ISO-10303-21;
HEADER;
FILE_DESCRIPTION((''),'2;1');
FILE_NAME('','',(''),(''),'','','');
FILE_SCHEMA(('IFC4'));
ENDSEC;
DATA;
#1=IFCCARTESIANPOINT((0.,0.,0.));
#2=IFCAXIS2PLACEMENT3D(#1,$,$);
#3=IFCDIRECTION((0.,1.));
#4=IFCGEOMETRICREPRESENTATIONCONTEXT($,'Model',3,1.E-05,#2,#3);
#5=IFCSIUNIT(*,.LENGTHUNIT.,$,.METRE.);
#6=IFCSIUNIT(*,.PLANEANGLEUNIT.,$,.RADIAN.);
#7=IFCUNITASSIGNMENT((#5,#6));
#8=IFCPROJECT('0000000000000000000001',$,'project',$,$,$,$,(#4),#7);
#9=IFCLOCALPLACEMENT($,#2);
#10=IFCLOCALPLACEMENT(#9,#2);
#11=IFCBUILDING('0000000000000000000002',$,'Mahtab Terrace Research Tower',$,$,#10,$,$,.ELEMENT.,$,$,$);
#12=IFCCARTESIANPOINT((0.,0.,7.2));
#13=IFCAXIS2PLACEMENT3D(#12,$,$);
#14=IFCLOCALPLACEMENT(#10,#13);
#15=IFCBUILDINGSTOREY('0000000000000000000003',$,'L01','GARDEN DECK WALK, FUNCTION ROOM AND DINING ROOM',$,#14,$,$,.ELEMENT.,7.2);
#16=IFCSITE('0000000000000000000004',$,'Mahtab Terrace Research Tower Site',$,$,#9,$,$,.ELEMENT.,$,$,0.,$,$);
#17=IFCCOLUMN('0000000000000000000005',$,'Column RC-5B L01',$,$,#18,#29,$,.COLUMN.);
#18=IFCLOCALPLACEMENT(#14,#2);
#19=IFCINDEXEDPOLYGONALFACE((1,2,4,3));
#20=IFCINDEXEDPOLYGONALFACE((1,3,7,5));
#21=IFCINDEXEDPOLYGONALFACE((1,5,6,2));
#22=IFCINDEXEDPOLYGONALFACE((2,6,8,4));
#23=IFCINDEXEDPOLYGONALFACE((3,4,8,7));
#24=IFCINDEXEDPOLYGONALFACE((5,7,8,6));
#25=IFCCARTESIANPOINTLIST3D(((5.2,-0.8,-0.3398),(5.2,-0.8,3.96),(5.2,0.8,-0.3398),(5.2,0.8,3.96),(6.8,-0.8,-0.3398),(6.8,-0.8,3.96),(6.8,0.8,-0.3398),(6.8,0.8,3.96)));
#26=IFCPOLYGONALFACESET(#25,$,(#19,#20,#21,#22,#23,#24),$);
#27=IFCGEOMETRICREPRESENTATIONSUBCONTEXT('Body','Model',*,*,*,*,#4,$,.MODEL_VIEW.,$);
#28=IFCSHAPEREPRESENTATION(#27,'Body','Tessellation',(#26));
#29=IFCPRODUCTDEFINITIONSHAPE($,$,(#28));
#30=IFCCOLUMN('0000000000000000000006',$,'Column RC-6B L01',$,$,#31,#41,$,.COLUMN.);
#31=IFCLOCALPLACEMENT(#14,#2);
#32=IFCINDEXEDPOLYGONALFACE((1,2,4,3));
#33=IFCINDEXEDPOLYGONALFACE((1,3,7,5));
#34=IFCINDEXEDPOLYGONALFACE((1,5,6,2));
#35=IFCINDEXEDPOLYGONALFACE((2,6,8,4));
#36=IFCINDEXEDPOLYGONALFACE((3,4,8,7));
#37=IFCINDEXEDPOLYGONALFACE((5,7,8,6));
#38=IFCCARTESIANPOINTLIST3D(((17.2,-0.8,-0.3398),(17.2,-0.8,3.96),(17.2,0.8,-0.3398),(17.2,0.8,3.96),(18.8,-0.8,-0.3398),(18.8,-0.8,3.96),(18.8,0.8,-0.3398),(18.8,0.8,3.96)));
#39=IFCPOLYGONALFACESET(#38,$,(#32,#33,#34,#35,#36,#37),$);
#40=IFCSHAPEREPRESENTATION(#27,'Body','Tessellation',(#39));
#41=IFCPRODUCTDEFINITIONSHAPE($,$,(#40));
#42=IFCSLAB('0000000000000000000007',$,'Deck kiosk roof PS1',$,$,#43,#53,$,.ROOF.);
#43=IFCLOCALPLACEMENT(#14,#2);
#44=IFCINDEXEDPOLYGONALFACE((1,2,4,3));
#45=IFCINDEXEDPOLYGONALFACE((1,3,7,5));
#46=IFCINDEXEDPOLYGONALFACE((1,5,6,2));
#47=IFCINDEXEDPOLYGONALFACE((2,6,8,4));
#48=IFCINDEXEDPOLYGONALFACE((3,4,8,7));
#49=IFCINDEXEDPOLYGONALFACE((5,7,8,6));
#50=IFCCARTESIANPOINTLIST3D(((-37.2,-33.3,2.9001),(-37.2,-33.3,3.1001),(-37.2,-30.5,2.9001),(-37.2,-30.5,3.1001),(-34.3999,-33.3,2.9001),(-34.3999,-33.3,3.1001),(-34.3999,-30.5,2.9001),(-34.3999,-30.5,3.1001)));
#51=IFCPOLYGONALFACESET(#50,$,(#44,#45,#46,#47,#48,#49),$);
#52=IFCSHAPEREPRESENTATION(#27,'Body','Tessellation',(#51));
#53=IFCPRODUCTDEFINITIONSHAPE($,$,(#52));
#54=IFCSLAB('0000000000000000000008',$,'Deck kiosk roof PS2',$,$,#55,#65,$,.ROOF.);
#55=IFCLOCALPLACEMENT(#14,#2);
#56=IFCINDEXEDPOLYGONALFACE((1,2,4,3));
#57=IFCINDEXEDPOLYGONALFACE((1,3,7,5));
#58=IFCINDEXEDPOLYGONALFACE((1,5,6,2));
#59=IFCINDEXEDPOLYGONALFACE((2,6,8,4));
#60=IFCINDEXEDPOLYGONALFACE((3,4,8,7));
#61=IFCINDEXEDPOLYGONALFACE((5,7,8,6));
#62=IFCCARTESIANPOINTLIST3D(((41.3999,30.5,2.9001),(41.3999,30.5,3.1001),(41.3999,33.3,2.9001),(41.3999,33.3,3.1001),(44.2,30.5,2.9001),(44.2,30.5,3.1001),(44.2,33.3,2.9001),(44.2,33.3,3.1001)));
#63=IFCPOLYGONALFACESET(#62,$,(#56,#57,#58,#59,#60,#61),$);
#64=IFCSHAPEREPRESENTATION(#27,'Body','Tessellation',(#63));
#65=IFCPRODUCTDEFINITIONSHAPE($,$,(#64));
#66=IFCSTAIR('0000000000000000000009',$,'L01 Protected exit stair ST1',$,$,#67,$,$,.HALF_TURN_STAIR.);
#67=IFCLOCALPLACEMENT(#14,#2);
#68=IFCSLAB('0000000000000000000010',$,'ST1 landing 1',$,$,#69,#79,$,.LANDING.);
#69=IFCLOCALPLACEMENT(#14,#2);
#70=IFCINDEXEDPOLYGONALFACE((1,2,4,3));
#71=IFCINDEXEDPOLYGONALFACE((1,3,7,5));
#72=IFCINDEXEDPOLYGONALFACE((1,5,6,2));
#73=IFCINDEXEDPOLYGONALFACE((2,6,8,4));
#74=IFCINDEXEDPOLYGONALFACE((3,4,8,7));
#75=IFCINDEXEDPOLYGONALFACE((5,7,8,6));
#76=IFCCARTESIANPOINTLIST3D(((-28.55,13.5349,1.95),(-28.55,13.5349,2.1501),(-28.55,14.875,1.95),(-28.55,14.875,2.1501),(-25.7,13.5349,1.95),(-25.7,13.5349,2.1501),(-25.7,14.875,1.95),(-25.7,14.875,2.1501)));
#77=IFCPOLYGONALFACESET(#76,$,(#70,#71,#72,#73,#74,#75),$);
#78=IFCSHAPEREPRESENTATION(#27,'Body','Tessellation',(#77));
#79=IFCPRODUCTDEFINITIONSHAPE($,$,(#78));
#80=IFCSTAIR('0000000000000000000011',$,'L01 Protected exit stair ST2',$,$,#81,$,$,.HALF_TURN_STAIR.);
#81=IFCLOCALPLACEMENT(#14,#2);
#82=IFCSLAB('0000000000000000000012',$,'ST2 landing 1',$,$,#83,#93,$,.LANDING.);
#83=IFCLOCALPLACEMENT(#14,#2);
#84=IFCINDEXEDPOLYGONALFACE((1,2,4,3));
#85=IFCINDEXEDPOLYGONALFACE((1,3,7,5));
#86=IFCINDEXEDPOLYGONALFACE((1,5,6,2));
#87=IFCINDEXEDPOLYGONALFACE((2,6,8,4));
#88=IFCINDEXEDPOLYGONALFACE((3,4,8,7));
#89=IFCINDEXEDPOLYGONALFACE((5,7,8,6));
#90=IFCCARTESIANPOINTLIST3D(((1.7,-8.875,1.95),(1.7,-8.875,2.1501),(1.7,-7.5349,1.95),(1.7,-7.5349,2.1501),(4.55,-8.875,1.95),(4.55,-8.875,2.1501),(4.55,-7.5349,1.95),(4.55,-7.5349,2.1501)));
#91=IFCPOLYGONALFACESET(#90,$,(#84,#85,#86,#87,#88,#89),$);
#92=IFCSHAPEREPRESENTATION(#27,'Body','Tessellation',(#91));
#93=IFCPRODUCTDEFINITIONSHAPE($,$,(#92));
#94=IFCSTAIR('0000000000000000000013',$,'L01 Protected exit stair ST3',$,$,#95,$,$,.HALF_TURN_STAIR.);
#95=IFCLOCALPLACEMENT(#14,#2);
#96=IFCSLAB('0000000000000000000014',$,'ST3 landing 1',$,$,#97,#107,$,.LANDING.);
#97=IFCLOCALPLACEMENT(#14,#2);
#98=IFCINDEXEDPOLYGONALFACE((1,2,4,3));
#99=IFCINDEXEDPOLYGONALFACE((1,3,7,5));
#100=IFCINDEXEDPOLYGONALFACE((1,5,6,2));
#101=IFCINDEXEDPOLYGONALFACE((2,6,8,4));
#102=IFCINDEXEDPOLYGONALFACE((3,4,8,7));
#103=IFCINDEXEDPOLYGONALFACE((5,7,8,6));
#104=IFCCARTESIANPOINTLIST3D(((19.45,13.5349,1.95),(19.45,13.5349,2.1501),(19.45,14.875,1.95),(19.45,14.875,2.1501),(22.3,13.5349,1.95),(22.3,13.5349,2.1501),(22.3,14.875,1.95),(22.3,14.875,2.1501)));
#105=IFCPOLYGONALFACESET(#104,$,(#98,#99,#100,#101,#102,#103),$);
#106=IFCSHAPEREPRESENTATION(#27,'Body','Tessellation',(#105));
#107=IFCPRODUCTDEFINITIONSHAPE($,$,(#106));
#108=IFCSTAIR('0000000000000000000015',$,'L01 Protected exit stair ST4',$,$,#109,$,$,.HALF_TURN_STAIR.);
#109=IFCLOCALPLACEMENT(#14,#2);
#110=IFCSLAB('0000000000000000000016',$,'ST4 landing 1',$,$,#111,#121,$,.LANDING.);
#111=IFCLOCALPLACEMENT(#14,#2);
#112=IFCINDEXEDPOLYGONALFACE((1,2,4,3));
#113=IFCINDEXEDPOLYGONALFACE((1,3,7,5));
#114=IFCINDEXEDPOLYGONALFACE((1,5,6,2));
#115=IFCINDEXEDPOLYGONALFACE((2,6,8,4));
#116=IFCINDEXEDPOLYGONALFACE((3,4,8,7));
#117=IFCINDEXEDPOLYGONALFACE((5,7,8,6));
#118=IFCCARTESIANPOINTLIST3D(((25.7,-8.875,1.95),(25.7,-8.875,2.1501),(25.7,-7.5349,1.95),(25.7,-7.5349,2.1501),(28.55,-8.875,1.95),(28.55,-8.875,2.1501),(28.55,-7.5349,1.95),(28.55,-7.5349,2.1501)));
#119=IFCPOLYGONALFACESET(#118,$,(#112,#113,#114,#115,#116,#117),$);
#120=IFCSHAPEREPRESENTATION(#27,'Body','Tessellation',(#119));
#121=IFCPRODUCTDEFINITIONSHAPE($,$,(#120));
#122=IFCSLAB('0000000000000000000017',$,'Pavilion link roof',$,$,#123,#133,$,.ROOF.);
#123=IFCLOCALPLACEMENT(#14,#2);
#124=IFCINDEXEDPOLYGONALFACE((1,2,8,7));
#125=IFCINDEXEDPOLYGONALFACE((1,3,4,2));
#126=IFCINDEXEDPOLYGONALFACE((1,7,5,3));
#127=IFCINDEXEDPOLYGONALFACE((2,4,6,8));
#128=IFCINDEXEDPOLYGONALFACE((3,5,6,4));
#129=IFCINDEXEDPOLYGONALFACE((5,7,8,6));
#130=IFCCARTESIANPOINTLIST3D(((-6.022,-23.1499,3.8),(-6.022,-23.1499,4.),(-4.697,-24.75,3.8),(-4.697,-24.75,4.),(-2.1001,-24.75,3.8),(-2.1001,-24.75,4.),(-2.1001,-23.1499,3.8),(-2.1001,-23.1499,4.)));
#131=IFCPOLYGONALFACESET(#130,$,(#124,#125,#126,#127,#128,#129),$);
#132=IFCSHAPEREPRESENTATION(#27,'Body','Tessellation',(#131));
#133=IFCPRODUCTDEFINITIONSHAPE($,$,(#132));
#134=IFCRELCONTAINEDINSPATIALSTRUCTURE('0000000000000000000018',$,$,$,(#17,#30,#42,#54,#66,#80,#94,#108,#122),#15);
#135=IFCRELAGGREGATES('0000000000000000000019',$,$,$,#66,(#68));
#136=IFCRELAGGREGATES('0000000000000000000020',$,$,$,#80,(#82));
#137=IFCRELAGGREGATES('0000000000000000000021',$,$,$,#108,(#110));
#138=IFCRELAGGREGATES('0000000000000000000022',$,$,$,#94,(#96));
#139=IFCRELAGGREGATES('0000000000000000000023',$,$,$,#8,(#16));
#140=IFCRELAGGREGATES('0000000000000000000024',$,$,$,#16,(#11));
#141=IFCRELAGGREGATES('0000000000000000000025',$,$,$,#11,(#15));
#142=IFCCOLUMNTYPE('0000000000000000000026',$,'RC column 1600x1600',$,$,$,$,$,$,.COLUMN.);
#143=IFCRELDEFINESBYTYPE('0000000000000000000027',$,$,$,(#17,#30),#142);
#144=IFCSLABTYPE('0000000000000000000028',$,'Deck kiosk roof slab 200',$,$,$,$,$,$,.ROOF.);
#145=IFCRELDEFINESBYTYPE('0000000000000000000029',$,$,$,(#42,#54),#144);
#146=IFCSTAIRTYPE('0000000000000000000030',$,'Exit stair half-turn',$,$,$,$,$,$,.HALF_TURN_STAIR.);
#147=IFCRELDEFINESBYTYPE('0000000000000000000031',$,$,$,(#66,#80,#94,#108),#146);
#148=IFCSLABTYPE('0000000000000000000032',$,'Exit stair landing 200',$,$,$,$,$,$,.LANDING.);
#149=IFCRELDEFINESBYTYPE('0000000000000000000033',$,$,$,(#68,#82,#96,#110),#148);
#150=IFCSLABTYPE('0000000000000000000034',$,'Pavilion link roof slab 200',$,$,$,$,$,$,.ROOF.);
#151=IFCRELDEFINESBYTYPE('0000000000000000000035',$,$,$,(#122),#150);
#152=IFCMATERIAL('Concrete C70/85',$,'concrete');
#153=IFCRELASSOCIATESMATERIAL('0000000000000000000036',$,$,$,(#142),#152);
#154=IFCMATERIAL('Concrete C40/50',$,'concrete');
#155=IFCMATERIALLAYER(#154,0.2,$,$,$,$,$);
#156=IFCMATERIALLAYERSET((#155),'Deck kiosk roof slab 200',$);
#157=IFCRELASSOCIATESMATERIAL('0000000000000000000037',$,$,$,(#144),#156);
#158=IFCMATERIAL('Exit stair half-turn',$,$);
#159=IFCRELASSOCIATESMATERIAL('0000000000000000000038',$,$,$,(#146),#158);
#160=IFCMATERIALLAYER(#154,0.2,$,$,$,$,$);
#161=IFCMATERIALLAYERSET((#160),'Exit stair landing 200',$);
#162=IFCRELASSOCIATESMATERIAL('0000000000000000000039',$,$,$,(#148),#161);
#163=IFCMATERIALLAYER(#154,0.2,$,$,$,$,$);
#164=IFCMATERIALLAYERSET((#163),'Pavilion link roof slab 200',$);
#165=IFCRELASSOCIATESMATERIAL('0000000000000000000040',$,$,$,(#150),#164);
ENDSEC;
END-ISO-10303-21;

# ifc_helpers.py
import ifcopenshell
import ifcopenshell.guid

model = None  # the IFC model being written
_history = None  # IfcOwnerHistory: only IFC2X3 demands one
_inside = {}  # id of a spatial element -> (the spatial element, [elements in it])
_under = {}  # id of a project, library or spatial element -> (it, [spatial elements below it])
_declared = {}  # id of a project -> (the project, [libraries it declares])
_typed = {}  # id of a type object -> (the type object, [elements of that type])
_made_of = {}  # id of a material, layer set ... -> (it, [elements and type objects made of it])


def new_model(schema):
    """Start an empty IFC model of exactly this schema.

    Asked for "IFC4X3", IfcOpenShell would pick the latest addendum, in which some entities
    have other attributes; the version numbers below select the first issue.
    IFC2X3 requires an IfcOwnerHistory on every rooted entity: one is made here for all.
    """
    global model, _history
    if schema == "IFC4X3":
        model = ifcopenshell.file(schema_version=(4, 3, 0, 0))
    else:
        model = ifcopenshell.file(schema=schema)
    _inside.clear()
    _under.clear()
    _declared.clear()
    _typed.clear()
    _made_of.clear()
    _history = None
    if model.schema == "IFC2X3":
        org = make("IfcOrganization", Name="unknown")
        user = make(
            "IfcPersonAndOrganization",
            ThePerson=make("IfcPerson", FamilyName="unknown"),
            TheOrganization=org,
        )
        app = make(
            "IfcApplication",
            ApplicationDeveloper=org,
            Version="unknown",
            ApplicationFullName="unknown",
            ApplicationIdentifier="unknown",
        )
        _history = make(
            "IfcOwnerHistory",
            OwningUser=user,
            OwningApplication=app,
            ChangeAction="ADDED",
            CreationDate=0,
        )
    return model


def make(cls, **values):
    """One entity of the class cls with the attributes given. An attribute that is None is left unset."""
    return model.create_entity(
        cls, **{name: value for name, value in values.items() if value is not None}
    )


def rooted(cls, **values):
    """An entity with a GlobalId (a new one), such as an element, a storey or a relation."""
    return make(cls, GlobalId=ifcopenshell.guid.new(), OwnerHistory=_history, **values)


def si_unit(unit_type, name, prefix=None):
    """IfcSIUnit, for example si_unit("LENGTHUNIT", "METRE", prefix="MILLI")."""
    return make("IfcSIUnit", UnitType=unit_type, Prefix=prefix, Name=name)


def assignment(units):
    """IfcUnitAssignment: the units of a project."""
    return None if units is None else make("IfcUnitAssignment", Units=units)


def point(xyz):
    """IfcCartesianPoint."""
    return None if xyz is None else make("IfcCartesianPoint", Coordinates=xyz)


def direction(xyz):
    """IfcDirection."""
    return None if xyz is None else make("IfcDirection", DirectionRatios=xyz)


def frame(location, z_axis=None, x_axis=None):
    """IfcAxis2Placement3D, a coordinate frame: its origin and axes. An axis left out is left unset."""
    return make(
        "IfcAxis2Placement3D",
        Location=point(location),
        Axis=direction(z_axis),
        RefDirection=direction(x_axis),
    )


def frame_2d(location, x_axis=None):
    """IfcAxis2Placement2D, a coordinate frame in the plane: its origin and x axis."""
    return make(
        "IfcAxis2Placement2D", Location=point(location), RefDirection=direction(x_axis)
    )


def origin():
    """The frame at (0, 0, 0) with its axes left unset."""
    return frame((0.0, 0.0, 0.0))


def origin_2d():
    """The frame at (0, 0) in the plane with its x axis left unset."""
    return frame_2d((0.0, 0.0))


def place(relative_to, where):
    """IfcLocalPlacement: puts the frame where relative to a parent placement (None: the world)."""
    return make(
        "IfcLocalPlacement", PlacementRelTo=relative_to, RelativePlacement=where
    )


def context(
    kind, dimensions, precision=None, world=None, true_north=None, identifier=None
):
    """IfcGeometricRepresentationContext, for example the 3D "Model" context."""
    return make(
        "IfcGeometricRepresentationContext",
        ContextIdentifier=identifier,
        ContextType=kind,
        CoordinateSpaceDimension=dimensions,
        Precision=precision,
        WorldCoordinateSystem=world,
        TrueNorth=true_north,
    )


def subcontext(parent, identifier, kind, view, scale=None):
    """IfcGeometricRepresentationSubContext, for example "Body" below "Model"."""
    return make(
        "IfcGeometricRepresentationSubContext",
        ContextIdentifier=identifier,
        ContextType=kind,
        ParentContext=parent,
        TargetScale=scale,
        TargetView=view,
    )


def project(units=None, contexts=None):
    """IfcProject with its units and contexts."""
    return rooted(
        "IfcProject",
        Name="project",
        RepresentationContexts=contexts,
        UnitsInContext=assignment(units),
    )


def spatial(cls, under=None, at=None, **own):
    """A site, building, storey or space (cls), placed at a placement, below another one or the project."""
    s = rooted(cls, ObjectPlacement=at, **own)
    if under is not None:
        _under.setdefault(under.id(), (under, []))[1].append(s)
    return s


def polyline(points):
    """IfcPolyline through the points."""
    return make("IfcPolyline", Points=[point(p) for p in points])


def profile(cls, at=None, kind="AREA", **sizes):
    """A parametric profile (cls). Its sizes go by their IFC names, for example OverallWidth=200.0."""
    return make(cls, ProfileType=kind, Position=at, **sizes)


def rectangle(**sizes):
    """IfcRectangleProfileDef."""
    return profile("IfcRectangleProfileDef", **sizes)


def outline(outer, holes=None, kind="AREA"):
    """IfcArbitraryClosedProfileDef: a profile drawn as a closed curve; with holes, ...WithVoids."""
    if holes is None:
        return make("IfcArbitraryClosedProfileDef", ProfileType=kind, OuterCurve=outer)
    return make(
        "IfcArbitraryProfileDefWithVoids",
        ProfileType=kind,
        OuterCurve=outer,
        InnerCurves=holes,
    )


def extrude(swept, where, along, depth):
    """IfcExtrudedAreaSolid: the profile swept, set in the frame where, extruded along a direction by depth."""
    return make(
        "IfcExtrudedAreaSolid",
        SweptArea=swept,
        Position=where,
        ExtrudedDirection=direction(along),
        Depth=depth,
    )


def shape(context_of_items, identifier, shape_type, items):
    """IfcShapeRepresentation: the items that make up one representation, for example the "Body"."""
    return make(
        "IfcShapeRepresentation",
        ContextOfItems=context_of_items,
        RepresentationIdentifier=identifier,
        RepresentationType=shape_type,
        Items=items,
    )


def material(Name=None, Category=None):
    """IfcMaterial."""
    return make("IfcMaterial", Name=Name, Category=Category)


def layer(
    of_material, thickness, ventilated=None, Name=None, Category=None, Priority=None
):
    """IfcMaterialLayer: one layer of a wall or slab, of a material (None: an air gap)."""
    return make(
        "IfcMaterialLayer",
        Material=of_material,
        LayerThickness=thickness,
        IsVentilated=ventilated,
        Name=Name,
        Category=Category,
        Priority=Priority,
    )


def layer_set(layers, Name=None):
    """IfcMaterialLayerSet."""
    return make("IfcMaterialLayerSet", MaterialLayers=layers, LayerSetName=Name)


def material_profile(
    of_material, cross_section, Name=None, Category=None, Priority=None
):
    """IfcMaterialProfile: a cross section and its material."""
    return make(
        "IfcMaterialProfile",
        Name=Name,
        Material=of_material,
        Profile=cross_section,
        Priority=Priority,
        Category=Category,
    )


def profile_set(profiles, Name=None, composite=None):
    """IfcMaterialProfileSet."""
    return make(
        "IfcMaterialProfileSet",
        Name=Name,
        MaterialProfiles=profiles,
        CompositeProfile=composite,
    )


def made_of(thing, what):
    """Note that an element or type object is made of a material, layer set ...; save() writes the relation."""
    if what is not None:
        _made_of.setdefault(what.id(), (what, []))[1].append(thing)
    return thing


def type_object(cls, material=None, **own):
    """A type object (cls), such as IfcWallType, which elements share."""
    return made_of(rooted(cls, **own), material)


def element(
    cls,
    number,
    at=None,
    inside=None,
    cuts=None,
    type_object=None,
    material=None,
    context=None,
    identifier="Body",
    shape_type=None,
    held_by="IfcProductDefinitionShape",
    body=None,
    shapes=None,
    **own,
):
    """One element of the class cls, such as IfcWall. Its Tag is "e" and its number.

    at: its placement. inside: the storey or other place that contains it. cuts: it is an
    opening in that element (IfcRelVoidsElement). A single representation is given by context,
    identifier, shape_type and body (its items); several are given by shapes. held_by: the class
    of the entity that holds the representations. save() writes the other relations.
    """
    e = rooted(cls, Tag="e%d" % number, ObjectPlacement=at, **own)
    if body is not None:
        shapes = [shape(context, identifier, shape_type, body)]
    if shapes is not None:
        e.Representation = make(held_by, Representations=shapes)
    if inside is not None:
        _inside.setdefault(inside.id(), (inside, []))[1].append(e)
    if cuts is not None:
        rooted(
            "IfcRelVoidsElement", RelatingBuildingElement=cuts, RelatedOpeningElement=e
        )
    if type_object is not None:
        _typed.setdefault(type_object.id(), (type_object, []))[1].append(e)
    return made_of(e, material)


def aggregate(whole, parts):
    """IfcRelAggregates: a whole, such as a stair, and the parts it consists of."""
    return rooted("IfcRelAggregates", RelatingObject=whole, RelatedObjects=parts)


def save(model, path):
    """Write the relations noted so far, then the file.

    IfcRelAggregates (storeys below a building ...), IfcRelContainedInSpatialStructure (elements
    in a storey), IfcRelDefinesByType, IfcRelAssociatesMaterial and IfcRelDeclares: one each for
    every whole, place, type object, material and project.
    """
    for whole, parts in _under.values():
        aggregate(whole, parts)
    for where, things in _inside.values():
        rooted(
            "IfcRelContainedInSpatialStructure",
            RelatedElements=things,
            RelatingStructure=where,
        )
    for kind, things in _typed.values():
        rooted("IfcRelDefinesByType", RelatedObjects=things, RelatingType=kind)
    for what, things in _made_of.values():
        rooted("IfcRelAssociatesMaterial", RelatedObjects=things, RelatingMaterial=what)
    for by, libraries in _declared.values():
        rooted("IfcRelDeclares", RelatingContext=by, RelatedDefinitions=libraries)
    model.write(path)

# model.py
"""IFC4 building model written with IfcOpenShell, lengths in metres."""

from ifc_helpers import new_model, si_unit, direction, frame, origin, origin_2d, place, context, subcontext, project, spatial, polyline, rectangle, outline, extrude, material, layer, layer_set, material_profile, profile_set, type_object, element, aggregate, save


model = new_model("IFC4")

# Units and contexts
model_context = context("Model", 3, precision=1e-05, world=origin(), true_north=direction((0.0, 1.0)))
body_context = subcontext(model_context, "Body", "Model", "MODEL_VIEW")
ifc_project = project(units=[si_unit("LENGTHUNIT", "METRE"), si_unit("PLANEANGLEUNIT", "RADIAN")], contexts=[model_context])

# Site, building, storey
site_placement = place(None, origin())
site = spatial("IfcSite", under=ifc_project, at=site_placement, Name="Mahtab Terrace Research Tower Site", CompositionType="ELEMENT", RefElevation=0.0)
building_placement = place(site_placement, origin())
building = spatial("IfcBuilding", under=site, at=building_placement, Name="Mahtab Terrace Research Tower", CompositionType="ELEMENT")
storey_placement = place(building_placement, frame((0.0, 0.0, 7.2)))
storey = spatial("IfcBuildingStorey", under=building, at=storey_placement, Name="L01", Description="GARDEN DECK WALK, FUNCTION ROOM AND DINING ROOM", CompositionType="ELEMENT", Elevation=7.2)

# Columns
ifc_material_1 = material(Name="Concrete C70/85", Category="concrete")
ifc_material_profile = material_profile(ifc_material_1, rectangle(XDim=1.6001, YDim=1.6001, at=origin_2d()), Name="RC column 1600x1600")
ifc_profile_set = profile_set([ifc_material_profile], Name="Concrete C70/85")
column_type = type_object("IfcColumnType", Name="RC column 1600x1600", PredefinedType="COLUMN", material=ifc_profile_set)
for number, where, z_axis, x_axis, name in (
    (1, (6.0, 0.0, -0.3398), (0.0, 0.0, 1.0), (1.0, 0.0, 0.0), "Column RC-5B L01"),
    (2, (18.0, 0.0, -0.3398), (0.0, 0.0, 1.0), (1.0, 0.0, 0.0), "Column RC-6B L01"),
):
    element("IfcColumn", number, at=place(storey_placement, frame(where, z_axis=z_axis, x_axis=x_axis)), inside=storey, type_object=column_type, Name=name, PredefinedType="COLUMN", context=body_context, shape_type="SweptSolid", body=[
        extrude(rectangle(XDim=1.6001, YDim=1.6001, at=origin_2d()), origin(), (0.0, 0.0, 1.0), 4.2998),
    ])

# Slabs
ifc_material_2 = material(Name="Concrete C40/50", Category="concrete")
ifc_layer_1 = layer(ifc_material_2, 0.2)
ifc_layer_set_1 = layer_set([ifc_layer_1], Name="Deck kiosk roof slab 200")
slab_type_1 = type_object("IfcSlabType", Name="Deck kiosk roof slab 200", PredefinedType="ROOF", material=ifc_layer_set_1)
slab_1_placement = place(storey_placement, frame((0.0, 0.0, 2.9001)))
element("IfcSlab", 3, at=slab_1_placement, inside=storey, type_object=slab_type_1, Name="Deck kiosk roof PS1", PredefinedType="ROOF", context=body_context, shape_type="SweptSolid", body=[
    extrude(outline(polyline([(-37.2, -33.3), (-34.3999, -33.3), (-34.3999, -30.5), (-37.2, -30.5), (-37.2, -33.3)])), origin(), (0.0, 0.0, 1.0), 0.2),
])
slab_2_placement = place(storey_placement, frame((0.0, 0.0, 2.9001)))
element("IfcSlab", 4, at=slab_2_placement, inside=storey, type_object=slab_type_1, Name="Deck kiosk roof PS2", PredefinedType="ROOF", context=body_context, shape_type="SweptSolid", body=[
    extrude(outline(polyline([(41.3999, 30.5), (44.2, 30.5), (44.2, 33.3), (41.3999, 33.3), (41.3999, 30.5)])), origin(), (0.0, 0.0, 1.0), 0.2),
])

# Stairs, slabs
ifc_material_3 = material(Name="Exit stair half-turn")
stair_type = type_object("IfcStairType", Name="Exit stair half-turn", PredefinedType="HALF_TURN_STAIR", material=ifc_material_3)
stair_1_placement = place(storey_placement, origin())
stair_1 = element("IfcStair", 5, at=stair_1_placement, inside=storey, type_object=stair_type, Name="L01 Protected exit stair ST1", PredefinedType="HALF_TURN_STAIR")
ifc_layer_2 = layer(ifc_material_2, 0.2)
ifc_layer_set_2 = layer_set([ifc_layer_2], Name="Exit stair landing 200")
slab_type_2 = type_object("IfcSlabType", Name="Exit stair landing 200", PredefinedType="LANDING", material=ifc_layer_set_2)
slab_3_placement = place(storey_placement, frame((0.0, 0.0, 1.95)))
slab_3 = element("IfcSlab", 6, at=slab_3_placement, type_object=slab_type_2, Name="ST1 landing 1", PredefinedType="LANDING", context=body_context, shape_type="SweptSolid", body=[
    extrude(outline(polyline([(-25.7, 13.5349), (-25.7, 14.875), (-28.55, 14.875), (-28.55, 13.5349), (-25.7, 13.5349)])), origin(), (0.0, 0.0, 1.0), 0.2002),
])
aggregate(stair_1, [slab_3])
stair_2_placement = place(storey_placement, origin())
stair_2 = element("IfcStair", 7, at=stair_2_placement, inside=storey, type_object=stair_type, Name="L01 Protected exit stair ST2", PredefinedType="HALF_TURN_STAIR")
slab_4_placement = place(storey_placement, frame((0.0, 0.0, 1.95)))
slab_4 = element("IfcSlab", 8, at=slab_4_placement, type_object=slab_type_2, Name="ST2 landing 1", PredefinedType="LANDING", context=body_context, shape_type="SweptSolid", body=[
    extrude(outline(polyline([(1.7, -7.5349), (1.7, -8.875), (4.55, -8.875), (4.55, -7.5349), (1.7, -7.5349)])), origin(), (0.0, 0.0, 1.0), 0.2002),
])
aggregate(stair_2, [slab_4])
stair_3_placement = place(storey_placement, origin())
stair_3 = element("IfcStair", 9, at=stair_3_placement, inside=storey, type_object=stair_type, Name="L01 Protected exit stair ST3", PredefinedType="HALF_TURN_STAIR")
slab_5_placement = place(storey_placement, frame((0.0, 0.0, 1.95)))
slab_5 = element("IfcSlab", 10, at=slab_5_placement, type_object=slab_type_2, Name="ST3 landing 1", PredefinedType="LANDING", context=body_context, shape_type="SweptSolid", body=[
    extrude(outline(polyline([(22.3, 13.5349), (22.3, 14.875), (19.45, 14.875), (19.45, 13.5349), (22.3, 13.5349)])), origin(), (0.0, 0.0, 1.0), 0.2002),
])
stair_4_placement = place(storey_placement, origin())
stair_4 = element("IfcStair", 11, at=stair_4_placement, inside=storey, type_object=stair_type, Name="L01 Protected exit stair ST4", PredefinedType="HALF_TURN_STAIR")
slab_6_placement = place(storey_placement, frame((0.0, 0.0, 1.95)))
slab_6 = element("IfcSlab", 12, at=slab_6_placement, type_object=slab_type_2, Name="ST4 landing 1", PredefinedType="LANDING", context=body_context, shape_type="SweptSolid", body=[
    extrude(outline(polyline([(25.7, -7.5349), (25.7, -8.875), (28.55, -8.875), (28.55, -7.5349), (25.7, -7.5349)])), origin(), (0.0, 0.0, 1.0), 0.2002),
])
aggregate(stair_4, [slab_6])

# Slab
ifc_layer_3 = layer(ifc_material_2, 0.2)
ifc_layer_set_3 = layer_set([ifc_layer_3], Name="Pavilion link roof slab 200")
slab_type_3 = type_object("IfcSlabType", Name="Pavilion link roof slab 200", PredefinedType="ROOF", material=ifc_layer_set_3)
slab_7_placement = place(storey_placement, frame((0.0, 0.0, 3.8)))
element("IfcSlab", 13, at=slab_7_placement, inside=storey, type_object=slab_type_3, Name="Pavilion link roof", PredefinedType="ROOF", context=body_context, shape_type="SweptSolid", body=[
    extrude(outline(polyline([(-6.022, -23.1499), (-2.1001, -23.1499), (-2.1001, -24.75), (-4.697, -24.75), (-6.022, -23.1499)])), origin(), (0.0, 0.0, 1.0), 0.2),
])

aggregate(stair_3, [slab_5])

save(model, "model.ifc")
